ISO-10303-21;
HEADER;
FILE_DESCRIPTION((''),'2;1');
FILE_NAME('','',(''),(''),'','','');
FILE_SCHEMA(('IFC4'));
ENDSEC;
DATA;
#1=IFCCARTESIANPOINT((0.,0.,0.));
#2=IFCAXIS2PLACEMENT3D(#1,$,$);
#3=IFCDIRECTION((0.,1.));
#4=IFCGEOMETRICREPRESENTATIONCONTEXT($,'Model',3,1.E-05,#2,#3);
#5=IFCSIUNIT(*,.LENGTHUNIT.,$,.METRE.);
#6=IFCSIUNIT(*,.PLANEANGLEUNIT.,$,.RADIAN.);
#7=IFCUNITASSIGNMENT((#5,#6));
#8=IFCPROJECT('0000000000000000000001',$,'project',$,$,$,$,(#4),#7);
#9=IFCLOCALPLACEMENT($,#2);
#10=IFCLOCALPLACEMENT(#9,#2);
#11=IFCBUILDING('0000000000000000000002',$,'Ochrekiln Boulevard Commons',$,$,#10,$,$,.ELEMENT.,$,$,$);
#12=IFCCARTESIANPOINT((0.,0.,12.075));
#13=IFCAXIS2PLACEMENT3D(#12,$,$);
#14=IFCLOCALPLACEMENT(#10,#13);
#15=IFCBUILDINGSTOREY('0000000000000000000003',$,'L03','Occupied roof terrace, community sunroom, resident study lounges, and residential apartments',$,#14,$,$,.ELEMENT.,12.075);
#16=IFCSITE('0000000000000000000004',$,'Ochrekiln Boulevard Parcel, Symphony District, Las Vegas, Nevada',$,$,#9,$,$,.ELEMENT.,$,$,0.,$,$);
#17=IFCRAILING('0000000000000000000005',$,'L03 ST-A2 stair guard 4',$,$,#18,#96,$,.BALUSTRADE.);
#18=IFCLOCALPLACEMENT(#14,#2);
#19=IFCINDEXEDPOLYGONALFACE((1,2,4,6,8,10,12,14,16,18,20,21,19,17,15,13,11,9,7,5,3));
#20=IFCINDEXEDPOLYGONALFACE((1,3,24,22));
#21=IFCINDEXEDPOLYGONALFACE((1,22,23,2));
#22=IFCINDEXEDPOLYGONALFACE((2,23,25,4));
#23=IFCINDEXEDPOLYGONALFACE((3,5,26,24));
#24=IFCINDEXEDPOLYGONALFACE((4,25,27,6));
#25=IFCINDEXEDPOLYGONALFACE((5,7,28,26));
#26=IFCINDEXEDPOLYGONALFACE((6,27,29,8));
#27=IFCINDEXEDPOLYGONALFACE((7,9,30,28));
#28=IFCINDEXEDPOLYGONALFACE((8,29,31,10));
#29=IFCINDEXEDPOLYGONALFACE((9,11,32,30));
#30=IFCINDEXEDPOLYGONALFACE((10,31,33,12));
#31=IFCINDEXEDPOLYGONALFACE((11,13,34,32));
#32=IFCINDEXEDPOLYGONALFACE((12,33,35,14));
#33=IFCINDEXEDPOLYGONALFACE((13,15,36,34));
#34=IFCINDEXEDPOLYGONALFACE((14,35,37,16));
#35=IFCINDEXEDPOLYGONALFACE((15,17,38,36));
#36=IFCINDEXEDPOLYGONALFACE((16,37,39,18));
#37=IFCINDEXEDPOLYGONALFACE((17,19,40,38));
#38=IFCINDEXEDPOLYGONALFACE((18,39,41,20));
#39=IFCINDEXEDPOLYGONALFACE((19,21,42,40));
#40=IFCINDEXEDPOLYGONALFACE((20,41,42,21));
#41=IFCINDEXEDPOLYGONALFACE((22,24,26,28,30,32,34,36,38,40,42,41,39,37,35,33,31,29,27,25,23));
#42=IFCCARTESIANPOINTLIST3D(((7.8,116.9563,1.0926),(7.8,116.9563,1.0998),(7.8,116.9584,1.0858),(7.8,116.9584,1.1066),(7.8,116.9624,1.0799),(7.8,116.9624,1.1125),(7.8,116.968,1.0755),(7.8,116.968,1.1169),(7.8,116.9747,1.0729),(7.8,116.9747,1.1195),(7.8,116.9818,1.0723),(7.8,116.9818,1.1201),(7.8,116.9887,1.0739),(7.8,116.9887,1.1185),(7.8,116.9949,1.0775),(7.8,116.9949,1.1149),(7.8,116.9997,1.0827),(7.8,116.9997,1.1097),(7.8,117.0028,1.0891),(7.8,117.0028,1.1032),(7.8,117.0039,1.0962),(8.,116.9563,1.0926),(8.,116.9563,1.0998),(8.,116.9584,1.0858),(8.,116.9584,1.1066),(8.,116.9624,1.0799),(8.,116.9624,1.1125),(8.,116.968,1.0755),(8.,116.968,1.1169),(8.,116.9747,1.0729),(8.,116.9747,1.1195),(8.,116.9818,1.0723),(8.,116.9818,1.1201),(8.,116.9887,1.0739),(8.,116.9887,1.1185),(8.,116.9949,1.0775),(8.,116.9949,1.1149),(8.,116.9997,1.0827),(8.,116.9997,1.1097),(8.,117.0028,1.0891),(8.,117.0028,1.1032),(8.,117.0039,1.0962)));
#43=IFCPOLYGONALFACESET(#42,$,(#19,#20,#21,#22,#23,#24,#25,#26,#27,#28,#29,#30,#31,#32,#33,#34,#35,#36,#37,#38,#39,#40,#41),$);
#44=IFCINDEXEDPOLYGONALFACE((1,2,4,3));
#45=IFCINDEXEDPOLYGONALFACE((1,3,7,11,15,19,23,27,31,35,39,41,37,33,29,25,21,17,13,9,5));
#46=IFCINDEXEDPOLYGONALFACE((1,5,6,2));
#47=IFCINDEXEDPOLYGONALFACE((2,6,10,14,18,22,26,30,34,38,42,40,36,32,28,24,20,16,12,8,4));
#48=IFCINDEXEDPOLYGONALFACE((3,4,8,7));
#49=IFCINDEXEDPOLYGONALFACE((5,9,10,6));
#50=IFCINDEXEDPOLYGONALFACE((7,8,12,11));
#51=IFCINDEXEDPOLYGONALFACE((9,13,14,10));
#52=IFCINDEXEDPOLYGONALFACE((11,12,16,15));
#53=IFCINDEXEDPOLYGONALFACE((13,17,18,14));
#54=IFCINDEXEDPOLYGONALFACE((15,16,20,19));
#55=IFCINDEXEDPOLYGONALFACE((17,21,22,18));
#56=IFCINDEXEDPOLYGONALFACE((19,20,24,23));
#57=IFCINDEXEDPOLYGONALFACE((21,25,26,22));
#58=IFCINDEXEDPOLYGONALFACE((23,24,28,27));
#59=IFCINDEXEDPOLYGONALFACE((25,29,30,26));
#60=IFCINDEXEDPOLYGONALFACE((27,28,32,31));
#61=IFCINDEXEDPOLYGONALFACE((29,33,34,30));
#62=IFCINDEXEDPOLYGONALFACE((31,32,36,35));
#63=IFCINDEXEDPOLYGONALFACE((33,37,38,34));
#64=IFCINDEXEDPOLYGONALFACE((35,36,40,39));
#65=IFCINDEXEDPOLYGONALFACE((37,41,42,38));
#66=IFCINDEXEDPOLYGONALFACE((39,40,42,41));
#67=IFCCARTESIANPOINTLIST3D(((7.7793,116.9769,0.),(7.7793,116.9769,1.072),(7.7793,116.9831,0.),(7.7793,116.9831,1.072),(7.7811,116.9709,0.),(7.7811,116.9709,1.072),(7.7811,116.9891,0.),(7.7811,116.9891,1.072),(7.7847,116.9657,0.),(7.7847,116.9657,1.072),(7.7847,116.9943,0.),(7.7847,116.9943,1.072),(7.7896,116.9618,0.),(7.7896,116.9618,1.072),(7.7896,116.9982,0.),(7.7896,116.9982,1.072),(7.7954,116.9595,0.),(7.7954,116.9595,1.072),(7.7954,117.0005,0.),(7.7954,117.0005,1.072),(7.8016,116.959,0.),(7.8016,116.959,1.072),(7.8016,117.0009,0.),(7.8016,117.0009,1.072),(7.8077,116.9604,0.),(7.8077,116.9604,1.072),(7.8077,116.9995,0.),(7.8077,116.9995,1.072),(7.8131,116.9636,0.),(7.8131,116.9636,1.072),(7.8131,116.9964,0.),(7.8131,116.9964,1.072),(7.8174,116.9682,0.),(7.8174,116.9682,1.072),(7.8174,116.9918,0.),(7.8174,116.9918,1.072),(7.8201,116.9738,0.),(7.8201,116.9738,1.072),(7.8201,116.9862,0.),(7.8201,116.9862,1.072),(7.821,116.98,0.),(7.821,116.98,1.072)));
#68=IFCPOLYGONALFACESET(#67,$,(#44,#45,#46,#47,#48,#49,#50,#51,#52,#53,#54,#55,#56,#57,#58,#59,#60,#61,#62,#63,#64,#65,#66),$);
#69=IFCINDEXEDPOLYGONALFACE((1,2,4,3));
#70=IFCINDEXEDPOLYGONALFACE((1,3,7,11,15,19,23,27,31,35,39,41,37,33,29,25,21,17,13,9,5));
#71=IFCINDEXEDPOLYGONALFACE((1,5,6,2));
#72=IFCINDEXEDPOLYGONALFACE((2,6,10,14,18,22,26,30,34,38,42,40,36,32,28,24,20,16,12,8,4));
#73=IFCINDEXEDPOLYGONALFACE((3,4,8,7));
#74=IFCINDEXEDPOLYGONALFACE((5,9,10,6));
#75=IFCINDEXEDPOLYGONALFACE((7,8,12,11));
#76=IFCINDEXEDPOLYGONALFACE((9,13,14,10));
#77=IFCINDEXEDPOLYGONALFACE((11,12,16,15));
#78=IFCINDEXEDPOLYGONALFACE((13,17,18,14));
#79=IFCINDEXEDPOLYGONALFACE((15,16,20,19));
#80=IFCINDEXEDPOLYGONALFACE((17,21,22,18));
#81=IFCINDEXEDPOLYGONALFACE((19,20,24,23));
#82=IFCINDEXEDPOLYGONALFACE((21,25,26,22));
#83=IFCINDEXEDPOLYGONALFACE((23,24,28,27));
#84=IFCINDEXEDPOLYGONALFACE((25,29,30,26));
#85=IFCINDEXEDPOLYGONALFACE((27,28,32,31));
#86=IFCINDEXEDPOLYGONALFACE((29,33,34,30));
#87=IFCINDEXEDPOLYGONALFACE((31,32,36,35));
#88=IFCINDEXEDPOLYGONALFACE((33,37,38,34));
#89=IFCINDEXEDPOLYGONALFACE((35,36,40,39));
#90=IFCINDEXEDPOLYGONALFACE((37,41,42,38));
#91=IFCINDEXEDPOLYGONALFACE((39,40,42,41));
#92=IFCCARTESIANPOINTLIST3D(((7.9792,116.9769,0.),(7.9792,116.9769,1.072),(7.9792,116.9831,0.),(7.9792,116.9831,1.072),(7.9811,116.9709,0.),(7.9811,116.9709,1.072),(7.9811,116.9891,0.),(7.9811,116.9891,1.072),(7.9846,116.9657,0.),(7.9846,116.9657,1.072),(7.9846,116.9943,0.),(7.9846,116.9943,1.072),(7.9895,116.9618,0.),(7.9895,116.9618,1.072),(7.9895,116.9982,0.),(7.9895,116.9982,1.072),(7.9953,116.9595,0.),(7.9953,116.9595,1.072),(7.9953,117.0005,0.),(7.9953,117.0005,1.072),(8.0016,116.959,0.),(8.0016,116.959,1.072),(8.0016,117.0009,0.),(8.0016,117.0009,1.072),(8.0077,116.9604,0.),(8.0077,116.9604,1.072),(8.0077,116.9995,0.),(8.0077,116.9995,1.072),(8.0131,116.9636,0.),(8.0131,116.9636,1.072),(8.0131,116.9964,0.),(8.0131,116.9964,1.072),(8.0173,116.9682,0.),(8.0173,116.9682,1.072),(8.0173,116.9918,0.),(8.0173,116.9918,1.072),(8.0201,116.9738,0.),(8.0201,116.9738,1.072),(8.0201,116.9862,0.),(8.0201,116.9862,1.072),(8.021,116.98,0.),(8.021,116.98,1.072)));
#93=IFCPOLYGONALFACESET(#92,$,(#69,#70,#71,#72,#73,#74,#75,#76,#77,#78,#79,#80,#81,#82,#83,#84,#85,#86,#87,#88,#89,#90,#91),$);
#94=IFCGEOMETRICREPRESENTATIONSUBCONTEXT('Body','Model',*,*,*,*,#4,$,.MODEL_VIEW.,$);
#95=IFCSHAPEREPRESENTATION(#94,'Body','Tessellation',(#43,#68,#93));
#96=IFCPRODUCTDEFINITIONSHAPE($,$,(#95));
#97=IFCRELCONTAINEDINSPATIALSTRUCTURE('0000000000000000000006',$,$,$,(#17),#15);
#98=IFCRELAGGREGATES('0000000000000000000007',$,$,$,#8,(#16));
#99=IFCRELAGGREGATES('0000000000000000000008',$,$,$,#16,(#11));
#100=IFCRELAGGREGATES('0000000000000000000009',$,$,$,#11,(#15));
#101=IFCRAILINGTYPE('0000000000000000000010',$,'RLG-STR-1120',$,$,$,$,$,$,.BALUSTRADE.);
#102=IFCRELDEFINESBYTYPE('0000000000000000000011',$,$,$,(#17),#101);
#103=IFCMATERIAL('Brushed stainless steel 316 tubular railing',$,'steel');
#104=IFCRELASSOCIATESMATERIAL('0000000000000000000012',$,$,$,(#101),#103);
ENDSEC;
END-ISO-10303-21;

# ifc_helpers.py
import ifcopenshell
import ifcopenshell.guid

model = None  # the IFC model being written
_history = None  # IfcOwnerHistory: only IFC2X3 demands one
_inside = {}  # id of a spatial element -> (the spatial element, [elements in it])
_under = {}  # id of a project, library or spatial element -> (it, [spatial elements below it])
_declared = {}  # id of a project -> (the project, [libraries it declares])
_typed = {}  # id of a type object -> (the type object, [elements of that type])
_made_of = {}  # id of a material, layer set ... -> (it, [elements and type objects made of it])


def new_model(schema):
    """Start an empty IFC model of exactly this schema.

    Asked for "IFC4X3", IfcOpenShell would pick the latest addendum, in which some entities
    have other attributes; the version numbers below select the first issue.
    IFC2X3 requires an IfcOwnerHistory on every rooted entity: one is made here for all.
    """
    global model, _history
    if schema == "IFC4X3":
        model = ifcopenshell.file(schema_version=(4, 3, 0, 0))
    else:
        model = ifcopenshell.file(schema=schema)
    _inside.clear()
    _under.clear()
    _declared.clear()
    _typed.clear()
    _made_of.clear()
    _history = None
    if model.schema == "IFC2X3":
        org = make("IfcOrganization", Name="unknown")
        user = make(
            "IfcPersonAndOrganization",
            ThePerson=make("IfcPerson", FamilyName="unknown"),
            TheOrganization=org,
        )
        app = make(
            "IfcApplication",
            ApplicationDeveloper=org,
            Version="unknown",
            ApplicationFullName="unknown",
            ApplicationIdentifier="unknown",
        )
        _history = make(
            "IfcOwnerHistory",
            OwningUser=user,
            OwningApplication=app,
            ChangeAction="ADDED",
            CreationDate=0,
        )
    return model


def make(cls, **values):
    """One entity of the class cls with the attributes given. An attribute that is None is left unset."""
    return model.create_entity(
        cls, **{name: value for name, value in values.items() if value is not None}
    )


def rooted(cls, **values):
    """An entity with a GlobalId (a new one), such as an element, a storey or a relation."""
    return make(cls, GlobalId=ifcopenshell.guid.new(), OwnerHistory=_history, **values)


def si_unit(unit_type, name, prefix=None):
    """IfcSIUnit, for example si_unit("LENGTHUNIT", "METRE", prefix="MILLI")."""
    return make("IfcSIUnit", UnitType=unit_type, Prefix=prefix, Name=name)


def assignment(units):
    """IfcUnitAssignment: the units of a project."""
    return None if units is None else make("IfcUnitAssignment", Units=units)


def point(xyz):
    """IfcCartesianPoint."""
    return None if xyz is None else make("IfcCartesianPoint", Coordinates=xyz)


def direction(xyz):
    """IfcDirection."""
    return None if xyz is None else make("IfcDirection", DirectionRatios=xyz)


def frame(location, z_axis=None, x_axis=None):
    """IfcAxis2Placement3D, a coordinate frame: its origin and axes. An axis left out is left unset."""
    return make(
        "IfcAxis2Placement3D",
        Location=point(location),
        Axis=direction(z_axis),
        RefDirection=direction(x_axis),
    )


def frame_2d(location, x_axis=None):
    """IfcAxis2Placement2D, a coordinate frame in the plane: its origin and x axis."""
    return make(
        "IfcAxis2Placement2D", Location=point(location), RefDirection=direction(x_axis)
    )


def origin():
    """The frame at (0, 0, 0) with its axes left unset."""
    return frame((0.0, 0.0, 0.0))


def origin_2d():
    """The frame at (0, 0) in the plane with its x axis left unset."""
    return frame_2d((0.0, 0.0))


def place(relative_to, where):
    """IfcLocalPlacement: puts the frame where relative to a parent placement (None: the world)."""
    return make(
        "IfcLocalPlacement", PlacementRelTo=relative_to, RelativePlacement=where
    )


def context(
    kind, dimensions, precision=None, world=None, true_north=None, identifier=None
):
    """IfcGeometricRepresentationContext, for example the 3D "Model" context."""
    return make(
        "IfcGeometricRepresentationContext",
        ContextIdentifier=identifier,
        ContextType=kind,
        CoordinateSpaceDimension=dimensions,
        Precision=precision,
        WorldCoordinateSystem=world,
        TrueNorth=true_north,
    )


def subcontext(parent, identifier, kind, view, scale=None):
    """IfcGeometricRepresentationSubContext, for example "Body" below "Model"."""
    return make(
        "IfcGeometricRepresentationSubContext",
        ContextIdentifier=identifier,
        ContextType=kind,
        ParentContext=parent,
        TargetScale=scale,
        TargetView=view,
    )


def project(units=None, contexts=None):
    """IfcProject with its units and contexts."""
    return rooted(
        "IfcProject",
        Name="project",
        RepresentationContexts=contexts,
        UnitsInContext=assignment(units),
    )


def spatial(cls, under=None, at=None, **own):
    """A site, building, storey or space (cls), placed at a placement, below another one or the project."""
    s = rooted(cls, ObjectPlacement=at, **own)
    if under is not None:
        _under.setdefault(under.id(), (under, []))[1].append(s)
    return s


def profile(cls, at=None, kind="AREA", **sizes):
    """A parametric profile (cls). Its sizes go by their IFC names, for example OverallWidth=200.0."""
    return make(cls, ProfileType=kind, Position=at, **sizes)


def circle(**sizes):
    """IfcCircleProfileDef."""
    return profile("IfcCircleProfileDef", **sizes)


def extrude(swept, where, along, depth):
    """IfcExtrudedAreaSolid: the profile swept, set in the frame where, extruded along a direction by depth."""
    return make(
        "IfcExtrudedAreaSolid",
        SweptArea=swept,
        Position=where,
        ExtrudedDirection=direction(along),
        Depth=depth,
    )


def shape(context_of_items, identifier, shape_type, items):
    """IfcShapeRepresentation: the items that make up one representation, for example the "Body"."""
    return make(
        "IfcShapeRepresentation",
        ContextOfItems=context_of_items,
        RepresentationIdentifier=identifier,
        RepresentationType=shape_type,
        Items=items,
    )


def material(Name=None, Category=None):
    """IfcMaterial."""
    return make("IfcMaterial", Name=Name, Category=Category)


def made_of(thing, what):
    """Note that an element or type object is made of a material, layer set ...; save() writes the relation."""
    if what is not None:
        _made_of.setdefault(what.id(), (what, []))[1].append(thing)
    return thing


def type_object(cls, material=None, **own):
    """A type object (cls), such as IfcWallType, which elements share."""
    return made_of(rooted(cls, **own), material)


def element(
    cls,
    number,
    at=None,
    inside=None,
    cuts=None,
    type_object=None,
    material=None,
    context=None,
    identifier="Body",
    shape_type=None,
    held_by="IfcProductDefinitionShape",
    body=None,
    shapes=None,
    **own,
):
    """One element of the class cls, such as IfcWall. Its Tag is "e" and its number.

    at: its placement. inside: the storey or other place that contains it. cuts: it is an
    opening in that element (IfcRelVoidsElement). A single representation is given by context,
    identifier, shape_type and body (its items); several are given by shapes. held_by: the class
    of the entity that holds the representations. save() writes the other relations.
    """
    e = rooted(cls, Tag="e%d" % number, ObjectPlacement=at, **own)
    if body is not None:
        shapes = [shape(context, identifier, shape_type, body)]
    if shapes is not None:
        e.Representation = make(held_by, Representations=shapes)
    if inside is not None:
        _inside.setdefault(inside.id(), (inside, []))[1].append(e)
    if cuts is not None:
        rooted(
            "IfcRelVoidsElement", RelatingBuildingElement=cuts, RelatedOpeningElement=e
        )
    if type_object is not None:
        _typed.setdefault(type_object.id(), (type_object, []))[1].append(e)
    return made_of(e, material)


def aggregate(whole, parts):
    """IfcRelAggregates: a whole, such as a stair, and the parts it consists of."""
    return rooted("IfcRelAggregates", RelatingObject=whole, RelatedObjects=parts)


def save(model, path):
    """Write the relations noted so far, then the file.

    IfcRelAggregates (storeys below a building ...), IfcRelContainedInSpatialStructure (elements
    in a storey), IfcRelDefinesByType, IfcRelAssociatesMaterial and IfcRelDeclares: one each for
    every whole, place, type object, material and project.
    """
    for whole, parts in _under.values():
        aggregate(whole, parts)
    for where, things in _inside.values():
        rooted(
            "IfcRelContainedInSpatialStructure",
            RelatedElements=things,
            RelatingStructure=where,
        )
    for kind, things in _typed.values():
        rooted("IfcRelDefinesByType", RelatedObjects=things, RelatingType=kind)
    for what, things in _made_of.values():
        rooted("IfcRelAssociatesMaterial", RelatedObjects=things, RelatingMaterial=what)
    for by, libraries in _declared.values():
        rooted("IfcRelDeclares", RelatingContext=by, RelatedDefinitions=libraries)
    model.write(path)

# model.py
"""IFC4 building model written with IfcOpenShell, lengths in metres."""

from ifc_helpers import new_model, si_unit, direction, frame, origin, origin_2d, place, context, subcontext, project, spatial, circle, extrude, material, type_object, element, save


model = new_model("IFC4")

# Units and contexts
model_context = context("Model", 3, precision=1e-05, world=origin(), true_north=direction((0.0, 1.0)))
body_context = subcontext(model_context, "Body", "Model", "MODEL_VIEW")
ifc_project = project(units=[si_unit("LENGTHUNIT", "METRE"), si_unit("PLANEANGLEUNIT", "RADIAN")], contexts=[model_context])

# Site, building, storey
site_placement = place(None, origin())
site = spatial("IfcSite", under=ifc_project, at=site_placement, Name="Ochrekiln Boulevard Parcel, Symphony District, Las Vegas, Nevada", CompositionType="ELEMENT", RefElevation=0.0)
building_placement = place(site_placement, origin())
building = spatial("IfcBuilding", under=site, at=building_placement, Name="Ochrekiln Boulevard Commons", CompositionType="ELEMENT")
storey_placement = place(building_placement, frame((0.0, 0.0, 12.075)))
storey = spatial("IfcBuildingStorey", under=building, at=storey_placement, Name="L03", Description="Occupied roof terrace, community sunroom, resident study lounges, and residential apartments", CompositionType="ELEMENT", Elevation=12.075)

# Railing
ifc_material_1 = material(Name="Brushed stainless steel 316 tubular railing", Category="steel")
railing_type_1 = type_object("IfcRailingType", Name="RLG-STR-1120", PredefinedType="BALUSTRADE", material=ifc_material_1)
railing_1_placement = place(storey_placement, frame((7.8, 116.98, 0.0)))
element("IfcRailing", 1, at=railing_1_placement, inside=storey, type_object=railing_type_1, Name="L03 ST-A2 stair guard 4", PredefinedType="BALUSTRADE", context=body_context, shape_type="SweptSolid", body=[
    extrude(circle(Radius=0.0239, at=origin_2d()), frame((0.0, 0.0, 1.0962), z_axis=(1.0, 0.0, 0.0), x_axis=(0.0, 1.0, 0.0)), (0.0, 0.0, 1.0), 0.2),
    extrude(circle(Radius=0.021, at=origin_2d()), origin(), (0.0, 0.0, 1.0), 1.072),
    extrude(circle(Radius=0.021, at=origin_2d()), frame((0.2, 0.0, 0.0)), (0.0, 0.0, 1.0), 1.072),
])

save(model, "model.ifc")
